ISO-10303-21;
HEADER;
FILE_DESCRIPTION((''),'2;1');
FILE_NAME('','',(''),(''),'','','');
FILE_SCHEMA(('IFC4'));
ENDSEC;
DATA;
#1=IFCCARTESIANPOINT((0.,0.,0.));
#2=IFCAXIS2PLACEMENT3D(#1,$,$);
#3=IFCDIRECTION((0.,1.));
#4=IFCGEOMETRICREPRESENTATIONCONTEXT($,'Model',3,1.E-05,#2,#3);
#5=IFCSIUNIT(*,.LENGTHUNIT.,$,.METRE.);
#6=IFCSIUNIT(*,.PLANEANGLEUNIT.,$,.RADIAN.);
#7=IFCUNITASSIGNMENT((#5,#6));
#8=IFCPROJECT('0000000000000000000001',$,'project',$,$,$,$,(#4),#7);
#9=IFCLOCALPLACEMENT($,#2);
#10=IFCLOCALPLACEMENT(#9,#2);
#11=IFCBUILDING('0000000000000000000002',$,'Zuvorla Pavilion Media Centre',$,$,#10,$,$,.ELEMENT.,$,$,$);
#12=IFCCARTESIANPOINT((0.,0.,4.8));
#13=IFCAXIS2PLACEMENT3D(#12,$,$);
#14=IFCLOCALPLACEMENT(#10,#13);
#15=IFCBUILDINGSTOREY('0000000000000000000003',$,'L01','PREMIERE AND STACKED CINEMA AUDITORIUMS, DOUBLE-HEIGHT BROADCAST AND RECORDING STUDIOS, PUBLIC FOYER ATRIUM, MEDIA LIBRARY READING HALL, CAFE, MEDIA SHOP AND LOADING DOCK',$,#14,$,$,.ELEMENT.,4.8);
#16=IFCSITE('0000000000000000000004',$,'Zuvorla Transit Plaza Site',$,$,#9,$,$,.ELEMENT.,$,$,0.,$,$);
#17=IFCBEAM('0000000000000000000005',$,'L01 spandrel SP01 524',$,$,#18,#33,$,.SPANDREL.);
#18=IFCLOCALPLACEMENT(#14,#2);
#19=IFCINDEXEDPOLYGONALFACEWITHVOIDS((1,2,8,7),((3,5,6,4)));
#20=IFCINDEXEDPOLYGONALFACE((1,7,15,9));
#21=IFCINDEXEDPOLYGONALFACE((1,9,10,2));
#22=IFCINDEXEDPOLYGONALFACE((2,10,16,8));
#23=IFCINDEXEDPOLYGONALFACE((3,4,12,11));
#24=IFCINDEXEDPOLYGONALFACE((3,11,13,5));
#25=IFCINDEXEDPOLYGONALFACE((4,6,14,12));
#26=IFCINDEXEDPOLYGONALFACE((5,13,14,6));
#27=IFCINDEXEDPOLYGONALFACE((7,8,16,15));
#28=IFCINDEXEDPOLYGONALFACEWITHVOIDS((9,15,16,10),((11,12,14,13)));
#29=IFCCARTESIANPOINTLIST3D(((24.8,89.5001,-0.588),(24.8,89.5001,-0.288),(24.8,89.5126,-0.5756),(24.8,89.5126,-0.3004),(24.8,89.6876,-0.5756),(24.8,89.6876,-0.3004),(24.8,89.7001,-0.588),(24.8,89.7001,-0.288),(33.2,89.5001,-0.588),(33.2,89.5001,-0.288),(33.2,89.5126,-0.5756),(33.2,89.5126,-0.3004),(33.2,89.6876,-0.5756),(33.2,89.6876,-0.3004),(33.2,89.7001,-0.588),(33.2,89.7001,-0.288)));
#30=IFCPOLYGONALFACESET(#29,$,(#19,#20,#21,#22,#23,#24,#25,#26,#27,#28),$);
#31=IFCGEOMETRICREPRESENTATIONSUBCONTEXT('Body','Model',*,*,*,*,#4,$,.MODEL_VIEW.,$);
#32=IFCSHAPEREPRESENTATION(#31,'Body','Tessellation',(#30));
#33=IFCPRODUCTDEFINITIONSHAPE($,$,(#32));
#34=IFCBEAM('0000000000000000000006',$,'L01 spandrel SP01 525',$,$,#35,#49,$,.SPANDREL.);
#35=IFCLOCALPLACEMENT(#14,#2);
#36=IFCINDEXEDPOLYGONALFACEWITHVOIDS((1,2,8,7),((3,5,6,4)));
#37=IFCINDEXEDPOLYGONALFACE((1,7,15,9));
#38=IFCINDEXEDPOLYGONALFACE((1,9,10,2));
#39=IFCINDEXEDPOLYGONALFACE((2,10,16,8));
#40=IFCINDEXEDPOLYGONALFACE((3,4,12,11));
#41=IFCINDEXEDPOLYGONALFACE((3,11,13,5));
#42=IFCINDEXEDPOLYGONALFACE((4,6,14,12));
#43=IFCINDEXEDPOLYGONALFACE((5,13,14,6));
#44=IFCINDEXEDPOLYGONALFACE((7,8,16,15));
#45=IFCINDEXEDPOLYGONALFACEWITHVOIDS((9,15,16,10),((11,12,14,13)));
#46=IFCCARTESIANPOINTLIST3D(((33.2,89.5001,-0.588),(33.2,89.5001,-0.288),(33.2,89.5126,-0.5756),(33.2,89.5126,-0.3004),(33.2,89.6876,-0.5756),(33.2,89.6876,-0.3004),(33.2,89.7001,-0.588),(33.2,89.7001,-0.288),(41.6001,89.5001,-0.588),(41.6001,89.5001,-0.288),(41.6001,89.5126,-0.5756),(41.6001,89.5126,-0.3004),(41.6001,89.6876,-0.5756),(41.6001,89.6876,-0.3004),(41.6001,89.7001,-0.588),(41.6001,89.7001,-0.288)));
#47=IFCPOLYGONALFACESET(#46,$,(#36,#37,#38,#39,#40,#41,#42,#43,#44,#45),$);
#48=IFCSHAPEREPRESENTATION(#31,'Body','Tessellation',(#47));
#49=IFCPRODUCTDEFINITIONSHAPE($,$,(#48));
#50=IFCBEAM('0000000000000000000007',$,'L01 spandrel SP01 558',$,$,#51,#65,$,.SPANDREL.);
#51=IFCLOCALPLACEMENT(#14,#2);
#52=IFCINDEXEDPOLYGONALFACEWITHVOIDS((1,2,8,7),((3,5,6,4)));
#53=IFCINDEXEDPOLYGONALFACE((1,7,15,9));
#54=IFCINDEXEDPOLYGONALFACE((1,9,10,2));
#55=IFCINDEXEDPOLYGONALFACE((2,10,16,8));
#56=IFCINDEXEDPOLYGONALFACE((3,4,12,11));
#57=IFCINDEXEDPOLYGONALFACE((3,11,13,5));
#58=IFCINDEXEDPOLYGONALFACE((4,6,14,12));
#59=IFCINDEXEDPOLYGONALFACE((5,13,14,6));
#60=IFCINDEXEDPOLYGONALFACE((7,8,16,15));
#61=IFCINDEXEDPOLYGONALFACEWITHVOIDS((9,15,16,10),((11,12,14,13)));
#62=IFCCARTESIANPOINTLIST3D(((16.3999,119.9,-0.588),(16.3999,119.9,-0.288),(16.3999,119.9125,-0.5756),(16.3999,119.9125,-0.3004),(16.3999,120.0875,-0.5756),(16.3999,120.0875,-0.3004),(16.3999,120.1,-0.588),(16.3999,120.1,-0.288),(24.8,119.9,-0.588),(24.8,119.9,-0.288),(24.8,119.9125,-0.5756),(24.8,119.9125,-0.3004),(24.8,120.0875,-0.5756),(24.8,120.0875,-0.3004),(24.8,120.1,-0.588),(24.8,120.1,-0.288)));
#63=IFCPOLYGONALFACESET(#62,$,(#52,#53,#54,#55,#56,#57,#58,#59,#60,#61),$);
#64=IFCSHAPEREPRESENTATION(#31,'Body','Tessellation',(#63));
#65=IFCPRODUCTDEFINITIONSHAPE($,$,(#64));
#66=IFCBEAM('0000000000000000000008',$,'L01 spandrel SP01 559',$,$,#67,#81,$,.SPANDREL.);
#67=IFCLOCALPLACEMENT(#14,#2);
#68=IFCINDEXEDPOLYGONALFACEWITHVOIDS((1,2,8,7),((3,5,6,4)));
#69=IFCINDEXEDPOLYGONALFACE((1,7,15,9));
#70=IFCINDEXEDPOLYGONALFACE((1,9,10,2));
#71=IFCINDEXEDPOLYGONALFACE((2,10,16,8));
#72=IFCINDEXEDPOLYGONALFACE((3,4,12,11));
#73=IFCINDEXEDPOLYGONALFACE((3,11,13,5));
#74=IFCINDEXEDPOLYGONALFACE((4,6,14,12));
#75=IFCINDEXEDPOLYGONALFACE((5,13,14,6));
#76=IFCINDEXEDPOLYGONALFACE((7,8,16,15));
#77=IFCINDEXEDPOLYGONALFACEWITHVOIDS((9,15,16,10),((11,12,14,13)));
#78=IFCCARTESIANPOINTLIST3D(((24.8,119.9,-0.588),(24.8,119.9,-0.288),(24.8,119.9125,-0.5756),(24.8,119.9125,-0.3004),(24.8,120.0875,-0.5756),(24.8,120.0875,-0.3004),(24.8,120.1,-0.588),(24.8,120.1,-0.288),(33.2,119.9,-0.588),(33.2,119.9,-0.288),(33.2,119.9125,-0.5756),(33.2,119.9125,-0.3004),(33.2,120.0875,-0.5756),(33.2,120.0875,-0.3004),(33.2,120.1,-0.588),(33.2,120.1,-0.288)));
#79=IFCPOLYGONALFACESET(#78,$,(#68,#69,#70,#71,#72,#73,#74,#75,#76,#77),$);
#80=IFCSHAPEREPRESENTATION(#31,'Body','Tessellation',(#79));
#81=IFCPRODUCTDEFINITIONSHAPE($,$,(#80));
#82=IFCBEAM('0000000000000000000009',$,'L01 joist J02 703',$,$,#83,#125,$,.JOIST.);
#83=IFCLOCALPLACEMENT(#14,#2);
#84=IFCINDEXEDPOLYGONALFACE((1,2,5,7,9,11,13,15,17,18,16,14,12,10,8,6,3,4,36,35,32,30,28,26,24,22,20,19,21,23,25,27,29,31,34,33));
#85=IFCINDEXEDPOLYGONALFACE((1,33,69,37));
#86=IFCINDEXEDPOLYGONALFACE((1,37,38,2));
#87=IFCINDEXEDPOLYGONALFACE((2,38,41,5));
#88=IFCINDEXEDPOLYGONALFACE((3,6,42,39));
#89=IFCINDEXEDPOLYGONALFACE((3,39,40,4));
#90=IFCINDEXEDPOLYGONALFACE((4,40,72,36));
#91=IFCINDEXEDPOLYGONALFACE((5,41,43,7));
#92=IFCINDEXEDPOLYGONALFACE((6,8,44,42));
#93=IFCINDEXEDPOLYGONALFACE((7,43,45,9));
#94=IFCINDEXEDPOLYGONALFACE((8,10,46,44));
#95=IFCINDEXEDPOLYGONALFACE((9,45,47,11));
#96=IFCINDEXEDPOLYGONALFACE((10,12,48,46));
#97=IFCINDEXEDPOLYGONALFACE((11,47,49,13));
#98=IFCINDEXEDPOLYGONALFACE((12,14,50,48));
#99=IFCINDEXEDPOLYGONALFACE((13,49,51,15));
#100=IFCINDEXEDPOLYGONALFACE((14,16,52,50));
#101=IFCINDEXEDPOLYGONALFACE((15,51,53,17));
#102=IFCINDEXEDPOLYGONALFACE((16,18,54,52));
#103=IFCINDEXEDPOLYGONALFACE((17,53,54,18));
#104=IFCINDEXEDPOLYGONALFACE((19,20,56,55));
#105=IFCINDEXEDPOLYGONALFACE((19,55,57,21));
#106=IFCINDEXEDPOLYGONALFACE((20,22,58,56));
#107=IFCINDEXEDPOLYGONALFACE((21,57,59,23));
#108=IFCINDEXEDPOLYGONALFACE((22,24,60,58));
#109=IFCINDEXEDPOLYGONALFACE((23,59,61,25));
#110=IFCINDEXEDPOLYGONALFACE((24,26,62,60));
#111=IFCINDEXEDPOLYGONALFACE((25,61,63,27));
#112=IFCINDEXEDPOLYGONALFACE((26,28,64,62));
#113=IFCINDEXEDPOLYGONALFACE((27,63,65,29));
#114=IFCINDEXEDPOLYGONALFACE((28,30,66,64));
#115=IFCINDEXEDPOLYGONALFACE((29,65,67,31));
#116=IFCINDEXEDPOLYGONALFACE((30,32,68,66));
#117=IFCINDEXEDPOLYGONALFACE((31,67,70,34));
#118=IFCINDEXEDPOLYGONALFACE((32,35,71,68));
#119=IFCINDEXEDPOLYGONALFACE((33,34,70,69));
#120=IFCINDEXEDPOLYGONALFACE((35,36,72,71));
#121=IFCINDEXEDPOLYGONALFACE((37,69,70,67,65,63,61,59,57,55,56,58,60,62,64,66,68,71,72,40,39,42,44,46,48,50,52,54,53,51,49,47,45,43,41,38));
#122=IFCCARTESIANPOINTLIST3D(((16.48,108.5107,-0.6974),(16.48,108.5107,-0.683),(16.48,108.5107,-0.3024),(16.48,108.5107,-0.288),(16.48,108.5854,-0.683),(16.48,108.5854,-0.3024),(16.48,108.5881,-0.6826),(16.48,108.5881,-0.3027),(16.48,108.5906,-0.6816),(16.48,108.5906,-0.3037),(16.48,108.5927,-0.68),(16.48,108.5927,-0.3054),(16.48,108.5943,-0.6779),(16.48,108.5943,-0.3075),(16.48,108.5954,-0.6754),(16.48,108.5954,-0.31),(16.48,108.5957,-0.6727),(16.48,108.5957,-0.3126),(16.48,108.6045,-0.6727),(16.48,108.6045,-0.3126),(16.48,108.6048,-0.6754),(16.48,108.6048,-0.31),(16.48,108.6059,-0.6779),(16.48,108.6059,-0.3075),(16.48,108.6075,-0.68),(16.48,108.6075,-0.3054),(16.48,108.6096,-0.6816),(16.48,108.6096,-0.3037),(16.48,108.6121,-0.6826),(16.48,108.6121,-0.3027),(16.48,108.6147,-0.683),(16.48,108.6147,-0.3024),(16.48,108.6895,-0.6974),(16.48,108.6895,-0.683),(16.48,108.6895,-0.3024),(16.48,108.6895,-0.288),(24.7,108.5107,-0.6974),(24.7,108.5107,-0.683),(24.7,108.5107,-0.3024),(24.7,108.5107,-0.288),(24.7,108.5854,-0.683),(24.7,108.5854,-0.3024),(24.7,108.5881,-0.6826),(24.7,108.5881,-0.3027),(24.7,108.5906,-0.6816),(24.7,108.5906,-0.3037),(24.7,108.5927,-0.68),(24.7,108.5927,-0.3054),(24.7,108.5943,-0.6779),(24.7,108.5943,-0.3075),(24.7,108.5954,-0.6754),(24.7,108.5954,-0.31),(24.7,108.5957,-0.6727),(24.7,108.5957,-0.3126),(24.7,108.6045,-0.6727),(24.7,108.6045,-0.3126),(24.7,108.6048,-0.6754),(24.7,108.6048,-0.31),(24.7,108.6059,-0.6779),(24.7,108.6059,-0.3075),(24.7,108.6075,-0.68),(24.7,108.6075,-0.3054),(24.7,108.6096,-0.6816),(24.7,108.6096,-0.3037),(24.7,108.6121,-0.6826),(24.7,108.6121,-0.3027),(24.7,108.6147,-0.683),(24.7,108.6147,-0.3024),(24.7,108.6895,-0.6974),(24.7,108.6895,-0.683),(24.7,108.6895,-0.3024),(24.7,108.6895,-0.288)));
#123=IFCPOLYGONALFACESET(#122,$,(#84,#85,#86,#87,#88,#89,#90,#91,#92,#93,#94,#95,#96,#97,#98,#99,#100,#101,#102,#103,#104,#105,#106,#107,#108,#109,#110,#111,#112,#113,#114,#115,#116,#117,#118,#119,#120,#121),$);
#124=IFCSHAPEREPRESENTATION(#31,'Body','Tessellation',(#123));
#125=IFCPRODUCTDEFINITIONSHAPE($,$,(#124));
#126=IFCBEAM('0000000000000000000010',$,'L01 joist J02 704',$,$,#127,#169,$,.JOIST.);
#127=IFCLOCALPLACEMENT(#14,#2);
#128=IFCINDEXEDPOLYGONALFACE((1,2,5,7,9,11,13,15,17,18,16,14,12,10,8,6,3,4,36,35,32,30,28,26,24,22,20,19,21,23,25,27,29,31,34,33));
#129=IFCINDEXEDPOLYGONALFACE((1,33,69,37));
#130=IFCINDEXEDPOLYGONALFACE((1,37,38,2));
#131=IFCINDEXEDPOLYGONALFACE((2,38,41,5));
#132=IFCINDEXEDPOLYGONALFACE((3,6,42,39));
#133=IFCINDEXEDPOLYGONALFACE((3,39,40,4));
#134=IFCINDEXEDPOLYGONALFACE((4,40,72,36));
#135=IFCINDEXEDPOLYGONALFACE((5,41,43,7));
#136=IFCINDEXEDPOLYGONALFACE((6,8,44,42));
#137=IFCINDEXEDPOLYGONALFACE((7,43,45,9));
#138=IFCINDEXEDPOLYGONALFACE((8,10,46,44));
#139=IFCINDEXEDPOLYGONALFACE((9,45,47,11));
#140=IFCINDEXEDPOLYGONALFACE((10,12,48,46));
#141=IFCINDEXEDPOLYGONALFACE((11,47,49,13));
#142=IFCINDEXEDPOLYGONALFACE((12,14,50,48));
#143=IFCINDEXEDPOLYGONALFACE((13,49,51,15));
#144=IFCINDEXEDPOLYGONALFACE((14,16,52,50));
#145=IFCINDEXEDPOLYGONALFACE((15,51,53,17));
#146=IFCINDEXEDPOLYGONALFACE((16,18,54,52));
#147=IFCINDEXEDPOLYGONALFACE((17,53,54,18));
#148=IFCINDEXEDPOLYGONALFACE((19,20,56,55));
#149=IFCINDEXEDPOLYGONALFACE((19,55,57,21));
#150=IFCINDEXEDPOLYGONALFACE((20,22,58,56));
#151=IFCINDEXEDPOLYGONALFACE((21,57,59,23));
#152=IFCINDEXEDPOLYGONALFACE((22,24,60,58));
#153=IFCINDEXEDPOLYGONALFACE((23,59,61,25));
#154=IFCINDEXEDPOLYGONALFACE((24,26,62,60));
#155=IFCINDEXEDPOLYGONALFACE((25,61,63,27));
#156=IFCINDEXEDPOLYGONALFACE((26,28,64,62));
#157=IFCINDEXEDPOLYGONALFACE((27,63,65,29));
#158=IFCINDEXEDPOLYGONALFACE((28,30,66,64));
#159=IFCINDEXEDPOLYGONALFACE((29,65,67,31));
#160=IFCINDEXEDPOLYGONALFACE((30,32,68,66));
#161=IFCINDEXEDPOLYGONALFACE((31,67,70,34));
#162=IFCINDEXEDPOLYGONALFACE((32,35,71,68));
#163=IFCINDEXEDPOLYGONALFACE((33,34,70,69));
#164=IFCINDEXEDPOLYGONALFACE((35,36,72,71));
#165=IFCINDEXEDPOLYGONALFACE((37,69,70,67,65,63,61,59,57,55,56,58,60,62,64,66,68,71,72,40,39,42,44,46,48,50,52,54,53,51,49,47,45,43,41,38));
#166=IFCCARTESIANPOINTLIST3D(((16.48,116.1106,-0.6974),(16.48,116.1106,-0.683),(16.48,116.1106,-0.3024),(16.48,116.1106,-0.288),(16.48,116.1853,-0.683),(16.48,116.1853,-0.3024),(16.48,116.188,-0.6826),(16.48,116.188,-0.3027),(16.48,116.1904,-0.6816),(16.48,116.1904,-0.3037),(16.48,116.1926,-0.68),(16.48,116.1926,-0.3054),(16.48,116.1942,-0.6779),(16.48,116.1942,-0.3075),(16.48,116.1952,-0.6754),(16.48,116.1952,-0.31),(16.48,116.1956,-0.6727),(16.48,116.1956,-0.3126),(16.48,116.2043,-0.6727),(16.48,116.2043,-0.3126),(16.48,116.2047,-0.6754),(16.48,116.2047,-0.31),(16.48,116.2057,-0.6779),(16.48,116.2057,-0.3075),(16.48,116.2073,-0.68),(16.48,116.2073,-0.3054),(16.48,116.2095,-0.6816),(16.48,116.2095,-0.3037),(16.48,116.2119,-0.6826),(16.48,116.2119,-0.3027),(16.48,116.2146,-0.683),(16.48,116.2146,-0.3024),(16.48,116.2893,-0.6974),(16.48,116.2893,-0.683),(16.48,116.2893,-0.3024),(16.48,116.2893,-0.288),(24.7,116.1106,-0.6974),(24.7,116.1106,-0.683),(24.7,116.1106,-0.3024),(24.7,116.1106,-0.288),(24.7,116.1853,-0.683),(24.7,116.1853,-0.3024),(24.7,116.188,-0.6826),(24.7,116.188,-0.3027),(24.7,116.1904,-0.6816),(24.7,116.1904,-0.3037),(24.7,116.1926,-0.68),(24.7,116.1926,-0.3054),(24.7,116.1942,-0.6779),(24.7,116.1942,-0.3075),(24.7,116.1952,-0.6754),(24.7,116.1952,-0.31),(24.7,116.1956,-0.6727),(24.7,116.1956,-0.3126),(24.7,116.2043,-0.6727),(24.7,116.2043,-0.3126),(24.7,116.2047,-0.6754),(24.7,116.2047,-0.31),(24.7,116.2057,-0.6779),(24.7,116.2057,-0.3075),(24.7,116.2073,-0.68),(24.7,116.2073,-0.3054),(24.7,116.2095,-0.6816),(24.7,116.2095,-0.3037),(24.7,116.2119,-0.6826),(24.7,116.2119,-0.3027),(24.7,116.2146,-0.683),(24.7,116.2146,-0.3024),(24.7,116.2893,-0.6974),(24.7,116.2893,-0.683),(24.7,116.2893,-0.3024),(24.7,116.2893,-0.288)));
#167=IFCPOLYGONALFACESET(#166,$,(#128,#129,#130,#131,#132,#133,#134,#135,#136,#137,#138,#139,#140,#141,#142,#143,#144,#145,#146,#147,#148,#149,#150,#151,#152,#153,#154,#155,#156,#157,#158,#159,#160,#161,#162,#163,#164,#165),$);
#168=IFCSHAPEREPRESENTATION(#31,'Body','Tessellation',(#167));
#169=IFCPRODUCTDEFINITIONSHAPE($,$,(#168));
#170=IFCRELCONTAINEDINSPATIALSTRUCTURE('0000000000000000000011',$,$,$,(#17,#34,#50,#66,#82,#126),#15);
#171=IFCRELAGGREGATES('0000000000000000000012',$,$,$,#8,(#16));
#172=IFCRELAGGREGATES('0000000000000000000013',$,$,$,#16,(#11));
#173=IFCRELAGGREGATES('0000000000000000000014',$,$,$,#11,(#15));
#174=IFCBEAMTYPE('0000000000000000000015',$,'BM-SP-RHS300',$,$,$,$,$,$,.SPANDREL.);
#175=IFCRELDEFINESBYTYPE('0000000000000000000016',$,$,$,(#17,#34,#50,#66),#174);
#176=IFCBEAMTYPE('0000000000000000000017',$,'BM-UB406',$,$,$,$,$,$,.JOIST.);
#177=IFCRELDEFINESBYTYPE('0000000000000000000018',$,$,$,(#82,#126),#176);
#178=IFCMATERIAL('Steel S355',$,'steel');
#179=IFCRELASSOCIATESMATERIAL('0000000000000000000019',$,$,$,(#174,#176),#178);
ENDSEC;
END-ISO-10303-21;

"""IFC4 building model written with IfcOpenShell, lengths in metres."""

from ifc_helpers import new_model, si_unit, direction, frame, origin, origin_2d, place, context, subcontext, project, spatial, hollow_rectangle, i_section, extrude, material, material_profile, profile_set, type_object, element, save


model = new_model("IFC4")

# Units and contexts
model_context = context("Model", 3, precision=1e-05, world=origin(), true_north=direction((0.0, 1.0)))
body_context = subcontext(model_context, "Body", "Model", "MODEL_VIEW")
ifc_project = project(units=[si_unit("LENGTHUNIT", "METRE"), si_unit("PLANEANGLEUNIT", "RADIAN")], contexts=[model_context])

# Site, building, storey
site_placement = place(None, origin())
site = spatial("IfcSite", under=ifc_project, at=site_placement, Name="Zuvorla Transit Plaza Site", CompositionType="ELEMENT", RefElevation=0.0)
building_placement = place(site_placement, origin())
building = spatial("IfcBuilding", under=site, at=building_placement, Name="Zuvorla Pavilion Media Centre", CompositionType="ELEMENT")
storey_placement = place(building_placement, frame((0.0, 0.0, 4.8)))
storey = spatial("IfcBuildingStorey", under=building, at=storey_placement, Name="L01", Description="PREMIERE AND STACKED CINEMA AUDITORIUMS, DOUBLE-HEIGHT BROADCAST AND RECORDING STUDIOS, PUBLIC FOYER ATRIUM, MEDIA LIBRARY READING HALL, CAFE, MEDIA SHOP AND LOADING DOCK", CompositionType="ELEMENT", Elevation=4.8)

# Shared definitions
ifc_material_1 = material(Name="Steel S355", Category="steel")

# Beams
ifc_material_profile_1 = material_profile(ifc_material_1, hollow_rectangle(XDim=0.2, YDim=0.3, WallThickness=0.0125, at=origin_2d()), Name="RHS 300x200x12.5")
ifc_profile_set_1 = profile_set([ifc_material_profile_1], Name="Steel S355")
beam_type_1 = type_object("IfcBeamType", Name="BM-SP-RHS300", PredefinedType="SPANDREL", material=ifc_profile_set_1)
beam_1_placement = place(storey_placement, frame((24.8, 89.6001, -0.438), z_axis=(1.0, 0.0, 0.0), x_axis=(0.0, 1.0, 0.0)))
element("IfcBeam", 1, at=beam_1_placement, inside=storey, type_object=beam_type_1, Name="L01 spandrel SP01 524", PredefinedType="SPANDREL", context=body_context, shape_type="SweptSolid", body=[
    extrude(hollow_rectangle(XDim=0.2, YDim=0.3, WallThickness=0.0125, at=origin_2d()), origin(), (0.0, 0.0, 1.0), 8.3999),
])
for number, where, z_axis, x_axis, name in (
    (2, (33.2, 89.6001, -0.438), (1.0, 0.0, 0.0), (0.0, 1.0, 0.0), "L01 spandrel SP01 525"),
    (3, (16.3999, 120.0, -0.438), (1.0, 0.0, 0.0), (0.0, 1.0, 0.0), "L01 spandrel SP01 558"),
):
    element("IfcBeam", number, at=place(storey_placement, frame(where, z_axis=z_axis, x_axis=x_axis)), inside=storey, type_object=beam_type_1, Name=name, PredefinedType="SPANDREL", context=body_context, shape_type="SweptSolid", body=[
        extrude(hollow_rectangle(XDim=0.2, YDim=0.3, WallThickness=0.0125, at=origin_2d()), origin(), (0.0, 0.0, 1.0), 8.4001),
    ])
beam_2_placement = place(storey_placement, frame((24.8, 120.0, -0.438), z_axis=(1.0, 0.0, 0.0), x_axis=(0.0, 1.0, 0.0)))
element("IfcBeam", 4, at=beam_2_placement, inside=storey, type_object=beam_type_1, Name="L01 spandrel SP01 559", PredefinedType="SPANDREL", context=body_context, shape_type="SweptSolid", body=[
    extrude(hollow_rectangle(XDim=0.2, YDim=0.3, WallThickness=0.0125, at=origin_2d()), origin(), (0.0, 0.0, 1.0), 8.3999),
])
ifc_material_profile_2 = material_profile(ifc_material_1, i_section(OverallWidth=0.1787, OverallDepth=0.4094, WebThickness=0.0088, FlangeThickness=0.0144, FilletRadius=0.0103, at=origin_2d()), Name="UB 406x178x67")
ifc_profile_set_2 = profile_set([ifc_material_profile_2], Name="Steel S355")
beam_type_2 = type_object("IfcBeamType", Name="BM-UB406", PredefinedType="JOIST", material=ifc_profile_set_2)
for number, where, z_axis, x_axis, name in (
    (5, (16.48, 108.6001, -0.4927), (1.0, 0.0, 0.0), (0.0, 1.0, 0.0), "L01 joist J02 703"),
    (6, (16.48, 116.2, -0.4927), (1.0, 0.0, 0.0), (0.0, 1.0, 0.0), "L01 joist J02 704"),
):
    element("IfcBeam", number, at=place(storey_placement, frame(where, z_axis=z_axis, x_axis=x_axis)), inside=storey, type_object=beam_type_2, Name=name, PredefinedType="JOIST", context=body_context, shape_type="SweptSolid", body=[
        extrude(i_section(OverallWidth=0.1787, OverallDepth=0.4094, WebThickness=0.0088, FlangeThickness=0.0144, FilletRadius=0.0103, at=origin_2d()), origin(), (0.0, 0.0, 1.0), 8.22),
    ])

save(model, "model.ifc")
